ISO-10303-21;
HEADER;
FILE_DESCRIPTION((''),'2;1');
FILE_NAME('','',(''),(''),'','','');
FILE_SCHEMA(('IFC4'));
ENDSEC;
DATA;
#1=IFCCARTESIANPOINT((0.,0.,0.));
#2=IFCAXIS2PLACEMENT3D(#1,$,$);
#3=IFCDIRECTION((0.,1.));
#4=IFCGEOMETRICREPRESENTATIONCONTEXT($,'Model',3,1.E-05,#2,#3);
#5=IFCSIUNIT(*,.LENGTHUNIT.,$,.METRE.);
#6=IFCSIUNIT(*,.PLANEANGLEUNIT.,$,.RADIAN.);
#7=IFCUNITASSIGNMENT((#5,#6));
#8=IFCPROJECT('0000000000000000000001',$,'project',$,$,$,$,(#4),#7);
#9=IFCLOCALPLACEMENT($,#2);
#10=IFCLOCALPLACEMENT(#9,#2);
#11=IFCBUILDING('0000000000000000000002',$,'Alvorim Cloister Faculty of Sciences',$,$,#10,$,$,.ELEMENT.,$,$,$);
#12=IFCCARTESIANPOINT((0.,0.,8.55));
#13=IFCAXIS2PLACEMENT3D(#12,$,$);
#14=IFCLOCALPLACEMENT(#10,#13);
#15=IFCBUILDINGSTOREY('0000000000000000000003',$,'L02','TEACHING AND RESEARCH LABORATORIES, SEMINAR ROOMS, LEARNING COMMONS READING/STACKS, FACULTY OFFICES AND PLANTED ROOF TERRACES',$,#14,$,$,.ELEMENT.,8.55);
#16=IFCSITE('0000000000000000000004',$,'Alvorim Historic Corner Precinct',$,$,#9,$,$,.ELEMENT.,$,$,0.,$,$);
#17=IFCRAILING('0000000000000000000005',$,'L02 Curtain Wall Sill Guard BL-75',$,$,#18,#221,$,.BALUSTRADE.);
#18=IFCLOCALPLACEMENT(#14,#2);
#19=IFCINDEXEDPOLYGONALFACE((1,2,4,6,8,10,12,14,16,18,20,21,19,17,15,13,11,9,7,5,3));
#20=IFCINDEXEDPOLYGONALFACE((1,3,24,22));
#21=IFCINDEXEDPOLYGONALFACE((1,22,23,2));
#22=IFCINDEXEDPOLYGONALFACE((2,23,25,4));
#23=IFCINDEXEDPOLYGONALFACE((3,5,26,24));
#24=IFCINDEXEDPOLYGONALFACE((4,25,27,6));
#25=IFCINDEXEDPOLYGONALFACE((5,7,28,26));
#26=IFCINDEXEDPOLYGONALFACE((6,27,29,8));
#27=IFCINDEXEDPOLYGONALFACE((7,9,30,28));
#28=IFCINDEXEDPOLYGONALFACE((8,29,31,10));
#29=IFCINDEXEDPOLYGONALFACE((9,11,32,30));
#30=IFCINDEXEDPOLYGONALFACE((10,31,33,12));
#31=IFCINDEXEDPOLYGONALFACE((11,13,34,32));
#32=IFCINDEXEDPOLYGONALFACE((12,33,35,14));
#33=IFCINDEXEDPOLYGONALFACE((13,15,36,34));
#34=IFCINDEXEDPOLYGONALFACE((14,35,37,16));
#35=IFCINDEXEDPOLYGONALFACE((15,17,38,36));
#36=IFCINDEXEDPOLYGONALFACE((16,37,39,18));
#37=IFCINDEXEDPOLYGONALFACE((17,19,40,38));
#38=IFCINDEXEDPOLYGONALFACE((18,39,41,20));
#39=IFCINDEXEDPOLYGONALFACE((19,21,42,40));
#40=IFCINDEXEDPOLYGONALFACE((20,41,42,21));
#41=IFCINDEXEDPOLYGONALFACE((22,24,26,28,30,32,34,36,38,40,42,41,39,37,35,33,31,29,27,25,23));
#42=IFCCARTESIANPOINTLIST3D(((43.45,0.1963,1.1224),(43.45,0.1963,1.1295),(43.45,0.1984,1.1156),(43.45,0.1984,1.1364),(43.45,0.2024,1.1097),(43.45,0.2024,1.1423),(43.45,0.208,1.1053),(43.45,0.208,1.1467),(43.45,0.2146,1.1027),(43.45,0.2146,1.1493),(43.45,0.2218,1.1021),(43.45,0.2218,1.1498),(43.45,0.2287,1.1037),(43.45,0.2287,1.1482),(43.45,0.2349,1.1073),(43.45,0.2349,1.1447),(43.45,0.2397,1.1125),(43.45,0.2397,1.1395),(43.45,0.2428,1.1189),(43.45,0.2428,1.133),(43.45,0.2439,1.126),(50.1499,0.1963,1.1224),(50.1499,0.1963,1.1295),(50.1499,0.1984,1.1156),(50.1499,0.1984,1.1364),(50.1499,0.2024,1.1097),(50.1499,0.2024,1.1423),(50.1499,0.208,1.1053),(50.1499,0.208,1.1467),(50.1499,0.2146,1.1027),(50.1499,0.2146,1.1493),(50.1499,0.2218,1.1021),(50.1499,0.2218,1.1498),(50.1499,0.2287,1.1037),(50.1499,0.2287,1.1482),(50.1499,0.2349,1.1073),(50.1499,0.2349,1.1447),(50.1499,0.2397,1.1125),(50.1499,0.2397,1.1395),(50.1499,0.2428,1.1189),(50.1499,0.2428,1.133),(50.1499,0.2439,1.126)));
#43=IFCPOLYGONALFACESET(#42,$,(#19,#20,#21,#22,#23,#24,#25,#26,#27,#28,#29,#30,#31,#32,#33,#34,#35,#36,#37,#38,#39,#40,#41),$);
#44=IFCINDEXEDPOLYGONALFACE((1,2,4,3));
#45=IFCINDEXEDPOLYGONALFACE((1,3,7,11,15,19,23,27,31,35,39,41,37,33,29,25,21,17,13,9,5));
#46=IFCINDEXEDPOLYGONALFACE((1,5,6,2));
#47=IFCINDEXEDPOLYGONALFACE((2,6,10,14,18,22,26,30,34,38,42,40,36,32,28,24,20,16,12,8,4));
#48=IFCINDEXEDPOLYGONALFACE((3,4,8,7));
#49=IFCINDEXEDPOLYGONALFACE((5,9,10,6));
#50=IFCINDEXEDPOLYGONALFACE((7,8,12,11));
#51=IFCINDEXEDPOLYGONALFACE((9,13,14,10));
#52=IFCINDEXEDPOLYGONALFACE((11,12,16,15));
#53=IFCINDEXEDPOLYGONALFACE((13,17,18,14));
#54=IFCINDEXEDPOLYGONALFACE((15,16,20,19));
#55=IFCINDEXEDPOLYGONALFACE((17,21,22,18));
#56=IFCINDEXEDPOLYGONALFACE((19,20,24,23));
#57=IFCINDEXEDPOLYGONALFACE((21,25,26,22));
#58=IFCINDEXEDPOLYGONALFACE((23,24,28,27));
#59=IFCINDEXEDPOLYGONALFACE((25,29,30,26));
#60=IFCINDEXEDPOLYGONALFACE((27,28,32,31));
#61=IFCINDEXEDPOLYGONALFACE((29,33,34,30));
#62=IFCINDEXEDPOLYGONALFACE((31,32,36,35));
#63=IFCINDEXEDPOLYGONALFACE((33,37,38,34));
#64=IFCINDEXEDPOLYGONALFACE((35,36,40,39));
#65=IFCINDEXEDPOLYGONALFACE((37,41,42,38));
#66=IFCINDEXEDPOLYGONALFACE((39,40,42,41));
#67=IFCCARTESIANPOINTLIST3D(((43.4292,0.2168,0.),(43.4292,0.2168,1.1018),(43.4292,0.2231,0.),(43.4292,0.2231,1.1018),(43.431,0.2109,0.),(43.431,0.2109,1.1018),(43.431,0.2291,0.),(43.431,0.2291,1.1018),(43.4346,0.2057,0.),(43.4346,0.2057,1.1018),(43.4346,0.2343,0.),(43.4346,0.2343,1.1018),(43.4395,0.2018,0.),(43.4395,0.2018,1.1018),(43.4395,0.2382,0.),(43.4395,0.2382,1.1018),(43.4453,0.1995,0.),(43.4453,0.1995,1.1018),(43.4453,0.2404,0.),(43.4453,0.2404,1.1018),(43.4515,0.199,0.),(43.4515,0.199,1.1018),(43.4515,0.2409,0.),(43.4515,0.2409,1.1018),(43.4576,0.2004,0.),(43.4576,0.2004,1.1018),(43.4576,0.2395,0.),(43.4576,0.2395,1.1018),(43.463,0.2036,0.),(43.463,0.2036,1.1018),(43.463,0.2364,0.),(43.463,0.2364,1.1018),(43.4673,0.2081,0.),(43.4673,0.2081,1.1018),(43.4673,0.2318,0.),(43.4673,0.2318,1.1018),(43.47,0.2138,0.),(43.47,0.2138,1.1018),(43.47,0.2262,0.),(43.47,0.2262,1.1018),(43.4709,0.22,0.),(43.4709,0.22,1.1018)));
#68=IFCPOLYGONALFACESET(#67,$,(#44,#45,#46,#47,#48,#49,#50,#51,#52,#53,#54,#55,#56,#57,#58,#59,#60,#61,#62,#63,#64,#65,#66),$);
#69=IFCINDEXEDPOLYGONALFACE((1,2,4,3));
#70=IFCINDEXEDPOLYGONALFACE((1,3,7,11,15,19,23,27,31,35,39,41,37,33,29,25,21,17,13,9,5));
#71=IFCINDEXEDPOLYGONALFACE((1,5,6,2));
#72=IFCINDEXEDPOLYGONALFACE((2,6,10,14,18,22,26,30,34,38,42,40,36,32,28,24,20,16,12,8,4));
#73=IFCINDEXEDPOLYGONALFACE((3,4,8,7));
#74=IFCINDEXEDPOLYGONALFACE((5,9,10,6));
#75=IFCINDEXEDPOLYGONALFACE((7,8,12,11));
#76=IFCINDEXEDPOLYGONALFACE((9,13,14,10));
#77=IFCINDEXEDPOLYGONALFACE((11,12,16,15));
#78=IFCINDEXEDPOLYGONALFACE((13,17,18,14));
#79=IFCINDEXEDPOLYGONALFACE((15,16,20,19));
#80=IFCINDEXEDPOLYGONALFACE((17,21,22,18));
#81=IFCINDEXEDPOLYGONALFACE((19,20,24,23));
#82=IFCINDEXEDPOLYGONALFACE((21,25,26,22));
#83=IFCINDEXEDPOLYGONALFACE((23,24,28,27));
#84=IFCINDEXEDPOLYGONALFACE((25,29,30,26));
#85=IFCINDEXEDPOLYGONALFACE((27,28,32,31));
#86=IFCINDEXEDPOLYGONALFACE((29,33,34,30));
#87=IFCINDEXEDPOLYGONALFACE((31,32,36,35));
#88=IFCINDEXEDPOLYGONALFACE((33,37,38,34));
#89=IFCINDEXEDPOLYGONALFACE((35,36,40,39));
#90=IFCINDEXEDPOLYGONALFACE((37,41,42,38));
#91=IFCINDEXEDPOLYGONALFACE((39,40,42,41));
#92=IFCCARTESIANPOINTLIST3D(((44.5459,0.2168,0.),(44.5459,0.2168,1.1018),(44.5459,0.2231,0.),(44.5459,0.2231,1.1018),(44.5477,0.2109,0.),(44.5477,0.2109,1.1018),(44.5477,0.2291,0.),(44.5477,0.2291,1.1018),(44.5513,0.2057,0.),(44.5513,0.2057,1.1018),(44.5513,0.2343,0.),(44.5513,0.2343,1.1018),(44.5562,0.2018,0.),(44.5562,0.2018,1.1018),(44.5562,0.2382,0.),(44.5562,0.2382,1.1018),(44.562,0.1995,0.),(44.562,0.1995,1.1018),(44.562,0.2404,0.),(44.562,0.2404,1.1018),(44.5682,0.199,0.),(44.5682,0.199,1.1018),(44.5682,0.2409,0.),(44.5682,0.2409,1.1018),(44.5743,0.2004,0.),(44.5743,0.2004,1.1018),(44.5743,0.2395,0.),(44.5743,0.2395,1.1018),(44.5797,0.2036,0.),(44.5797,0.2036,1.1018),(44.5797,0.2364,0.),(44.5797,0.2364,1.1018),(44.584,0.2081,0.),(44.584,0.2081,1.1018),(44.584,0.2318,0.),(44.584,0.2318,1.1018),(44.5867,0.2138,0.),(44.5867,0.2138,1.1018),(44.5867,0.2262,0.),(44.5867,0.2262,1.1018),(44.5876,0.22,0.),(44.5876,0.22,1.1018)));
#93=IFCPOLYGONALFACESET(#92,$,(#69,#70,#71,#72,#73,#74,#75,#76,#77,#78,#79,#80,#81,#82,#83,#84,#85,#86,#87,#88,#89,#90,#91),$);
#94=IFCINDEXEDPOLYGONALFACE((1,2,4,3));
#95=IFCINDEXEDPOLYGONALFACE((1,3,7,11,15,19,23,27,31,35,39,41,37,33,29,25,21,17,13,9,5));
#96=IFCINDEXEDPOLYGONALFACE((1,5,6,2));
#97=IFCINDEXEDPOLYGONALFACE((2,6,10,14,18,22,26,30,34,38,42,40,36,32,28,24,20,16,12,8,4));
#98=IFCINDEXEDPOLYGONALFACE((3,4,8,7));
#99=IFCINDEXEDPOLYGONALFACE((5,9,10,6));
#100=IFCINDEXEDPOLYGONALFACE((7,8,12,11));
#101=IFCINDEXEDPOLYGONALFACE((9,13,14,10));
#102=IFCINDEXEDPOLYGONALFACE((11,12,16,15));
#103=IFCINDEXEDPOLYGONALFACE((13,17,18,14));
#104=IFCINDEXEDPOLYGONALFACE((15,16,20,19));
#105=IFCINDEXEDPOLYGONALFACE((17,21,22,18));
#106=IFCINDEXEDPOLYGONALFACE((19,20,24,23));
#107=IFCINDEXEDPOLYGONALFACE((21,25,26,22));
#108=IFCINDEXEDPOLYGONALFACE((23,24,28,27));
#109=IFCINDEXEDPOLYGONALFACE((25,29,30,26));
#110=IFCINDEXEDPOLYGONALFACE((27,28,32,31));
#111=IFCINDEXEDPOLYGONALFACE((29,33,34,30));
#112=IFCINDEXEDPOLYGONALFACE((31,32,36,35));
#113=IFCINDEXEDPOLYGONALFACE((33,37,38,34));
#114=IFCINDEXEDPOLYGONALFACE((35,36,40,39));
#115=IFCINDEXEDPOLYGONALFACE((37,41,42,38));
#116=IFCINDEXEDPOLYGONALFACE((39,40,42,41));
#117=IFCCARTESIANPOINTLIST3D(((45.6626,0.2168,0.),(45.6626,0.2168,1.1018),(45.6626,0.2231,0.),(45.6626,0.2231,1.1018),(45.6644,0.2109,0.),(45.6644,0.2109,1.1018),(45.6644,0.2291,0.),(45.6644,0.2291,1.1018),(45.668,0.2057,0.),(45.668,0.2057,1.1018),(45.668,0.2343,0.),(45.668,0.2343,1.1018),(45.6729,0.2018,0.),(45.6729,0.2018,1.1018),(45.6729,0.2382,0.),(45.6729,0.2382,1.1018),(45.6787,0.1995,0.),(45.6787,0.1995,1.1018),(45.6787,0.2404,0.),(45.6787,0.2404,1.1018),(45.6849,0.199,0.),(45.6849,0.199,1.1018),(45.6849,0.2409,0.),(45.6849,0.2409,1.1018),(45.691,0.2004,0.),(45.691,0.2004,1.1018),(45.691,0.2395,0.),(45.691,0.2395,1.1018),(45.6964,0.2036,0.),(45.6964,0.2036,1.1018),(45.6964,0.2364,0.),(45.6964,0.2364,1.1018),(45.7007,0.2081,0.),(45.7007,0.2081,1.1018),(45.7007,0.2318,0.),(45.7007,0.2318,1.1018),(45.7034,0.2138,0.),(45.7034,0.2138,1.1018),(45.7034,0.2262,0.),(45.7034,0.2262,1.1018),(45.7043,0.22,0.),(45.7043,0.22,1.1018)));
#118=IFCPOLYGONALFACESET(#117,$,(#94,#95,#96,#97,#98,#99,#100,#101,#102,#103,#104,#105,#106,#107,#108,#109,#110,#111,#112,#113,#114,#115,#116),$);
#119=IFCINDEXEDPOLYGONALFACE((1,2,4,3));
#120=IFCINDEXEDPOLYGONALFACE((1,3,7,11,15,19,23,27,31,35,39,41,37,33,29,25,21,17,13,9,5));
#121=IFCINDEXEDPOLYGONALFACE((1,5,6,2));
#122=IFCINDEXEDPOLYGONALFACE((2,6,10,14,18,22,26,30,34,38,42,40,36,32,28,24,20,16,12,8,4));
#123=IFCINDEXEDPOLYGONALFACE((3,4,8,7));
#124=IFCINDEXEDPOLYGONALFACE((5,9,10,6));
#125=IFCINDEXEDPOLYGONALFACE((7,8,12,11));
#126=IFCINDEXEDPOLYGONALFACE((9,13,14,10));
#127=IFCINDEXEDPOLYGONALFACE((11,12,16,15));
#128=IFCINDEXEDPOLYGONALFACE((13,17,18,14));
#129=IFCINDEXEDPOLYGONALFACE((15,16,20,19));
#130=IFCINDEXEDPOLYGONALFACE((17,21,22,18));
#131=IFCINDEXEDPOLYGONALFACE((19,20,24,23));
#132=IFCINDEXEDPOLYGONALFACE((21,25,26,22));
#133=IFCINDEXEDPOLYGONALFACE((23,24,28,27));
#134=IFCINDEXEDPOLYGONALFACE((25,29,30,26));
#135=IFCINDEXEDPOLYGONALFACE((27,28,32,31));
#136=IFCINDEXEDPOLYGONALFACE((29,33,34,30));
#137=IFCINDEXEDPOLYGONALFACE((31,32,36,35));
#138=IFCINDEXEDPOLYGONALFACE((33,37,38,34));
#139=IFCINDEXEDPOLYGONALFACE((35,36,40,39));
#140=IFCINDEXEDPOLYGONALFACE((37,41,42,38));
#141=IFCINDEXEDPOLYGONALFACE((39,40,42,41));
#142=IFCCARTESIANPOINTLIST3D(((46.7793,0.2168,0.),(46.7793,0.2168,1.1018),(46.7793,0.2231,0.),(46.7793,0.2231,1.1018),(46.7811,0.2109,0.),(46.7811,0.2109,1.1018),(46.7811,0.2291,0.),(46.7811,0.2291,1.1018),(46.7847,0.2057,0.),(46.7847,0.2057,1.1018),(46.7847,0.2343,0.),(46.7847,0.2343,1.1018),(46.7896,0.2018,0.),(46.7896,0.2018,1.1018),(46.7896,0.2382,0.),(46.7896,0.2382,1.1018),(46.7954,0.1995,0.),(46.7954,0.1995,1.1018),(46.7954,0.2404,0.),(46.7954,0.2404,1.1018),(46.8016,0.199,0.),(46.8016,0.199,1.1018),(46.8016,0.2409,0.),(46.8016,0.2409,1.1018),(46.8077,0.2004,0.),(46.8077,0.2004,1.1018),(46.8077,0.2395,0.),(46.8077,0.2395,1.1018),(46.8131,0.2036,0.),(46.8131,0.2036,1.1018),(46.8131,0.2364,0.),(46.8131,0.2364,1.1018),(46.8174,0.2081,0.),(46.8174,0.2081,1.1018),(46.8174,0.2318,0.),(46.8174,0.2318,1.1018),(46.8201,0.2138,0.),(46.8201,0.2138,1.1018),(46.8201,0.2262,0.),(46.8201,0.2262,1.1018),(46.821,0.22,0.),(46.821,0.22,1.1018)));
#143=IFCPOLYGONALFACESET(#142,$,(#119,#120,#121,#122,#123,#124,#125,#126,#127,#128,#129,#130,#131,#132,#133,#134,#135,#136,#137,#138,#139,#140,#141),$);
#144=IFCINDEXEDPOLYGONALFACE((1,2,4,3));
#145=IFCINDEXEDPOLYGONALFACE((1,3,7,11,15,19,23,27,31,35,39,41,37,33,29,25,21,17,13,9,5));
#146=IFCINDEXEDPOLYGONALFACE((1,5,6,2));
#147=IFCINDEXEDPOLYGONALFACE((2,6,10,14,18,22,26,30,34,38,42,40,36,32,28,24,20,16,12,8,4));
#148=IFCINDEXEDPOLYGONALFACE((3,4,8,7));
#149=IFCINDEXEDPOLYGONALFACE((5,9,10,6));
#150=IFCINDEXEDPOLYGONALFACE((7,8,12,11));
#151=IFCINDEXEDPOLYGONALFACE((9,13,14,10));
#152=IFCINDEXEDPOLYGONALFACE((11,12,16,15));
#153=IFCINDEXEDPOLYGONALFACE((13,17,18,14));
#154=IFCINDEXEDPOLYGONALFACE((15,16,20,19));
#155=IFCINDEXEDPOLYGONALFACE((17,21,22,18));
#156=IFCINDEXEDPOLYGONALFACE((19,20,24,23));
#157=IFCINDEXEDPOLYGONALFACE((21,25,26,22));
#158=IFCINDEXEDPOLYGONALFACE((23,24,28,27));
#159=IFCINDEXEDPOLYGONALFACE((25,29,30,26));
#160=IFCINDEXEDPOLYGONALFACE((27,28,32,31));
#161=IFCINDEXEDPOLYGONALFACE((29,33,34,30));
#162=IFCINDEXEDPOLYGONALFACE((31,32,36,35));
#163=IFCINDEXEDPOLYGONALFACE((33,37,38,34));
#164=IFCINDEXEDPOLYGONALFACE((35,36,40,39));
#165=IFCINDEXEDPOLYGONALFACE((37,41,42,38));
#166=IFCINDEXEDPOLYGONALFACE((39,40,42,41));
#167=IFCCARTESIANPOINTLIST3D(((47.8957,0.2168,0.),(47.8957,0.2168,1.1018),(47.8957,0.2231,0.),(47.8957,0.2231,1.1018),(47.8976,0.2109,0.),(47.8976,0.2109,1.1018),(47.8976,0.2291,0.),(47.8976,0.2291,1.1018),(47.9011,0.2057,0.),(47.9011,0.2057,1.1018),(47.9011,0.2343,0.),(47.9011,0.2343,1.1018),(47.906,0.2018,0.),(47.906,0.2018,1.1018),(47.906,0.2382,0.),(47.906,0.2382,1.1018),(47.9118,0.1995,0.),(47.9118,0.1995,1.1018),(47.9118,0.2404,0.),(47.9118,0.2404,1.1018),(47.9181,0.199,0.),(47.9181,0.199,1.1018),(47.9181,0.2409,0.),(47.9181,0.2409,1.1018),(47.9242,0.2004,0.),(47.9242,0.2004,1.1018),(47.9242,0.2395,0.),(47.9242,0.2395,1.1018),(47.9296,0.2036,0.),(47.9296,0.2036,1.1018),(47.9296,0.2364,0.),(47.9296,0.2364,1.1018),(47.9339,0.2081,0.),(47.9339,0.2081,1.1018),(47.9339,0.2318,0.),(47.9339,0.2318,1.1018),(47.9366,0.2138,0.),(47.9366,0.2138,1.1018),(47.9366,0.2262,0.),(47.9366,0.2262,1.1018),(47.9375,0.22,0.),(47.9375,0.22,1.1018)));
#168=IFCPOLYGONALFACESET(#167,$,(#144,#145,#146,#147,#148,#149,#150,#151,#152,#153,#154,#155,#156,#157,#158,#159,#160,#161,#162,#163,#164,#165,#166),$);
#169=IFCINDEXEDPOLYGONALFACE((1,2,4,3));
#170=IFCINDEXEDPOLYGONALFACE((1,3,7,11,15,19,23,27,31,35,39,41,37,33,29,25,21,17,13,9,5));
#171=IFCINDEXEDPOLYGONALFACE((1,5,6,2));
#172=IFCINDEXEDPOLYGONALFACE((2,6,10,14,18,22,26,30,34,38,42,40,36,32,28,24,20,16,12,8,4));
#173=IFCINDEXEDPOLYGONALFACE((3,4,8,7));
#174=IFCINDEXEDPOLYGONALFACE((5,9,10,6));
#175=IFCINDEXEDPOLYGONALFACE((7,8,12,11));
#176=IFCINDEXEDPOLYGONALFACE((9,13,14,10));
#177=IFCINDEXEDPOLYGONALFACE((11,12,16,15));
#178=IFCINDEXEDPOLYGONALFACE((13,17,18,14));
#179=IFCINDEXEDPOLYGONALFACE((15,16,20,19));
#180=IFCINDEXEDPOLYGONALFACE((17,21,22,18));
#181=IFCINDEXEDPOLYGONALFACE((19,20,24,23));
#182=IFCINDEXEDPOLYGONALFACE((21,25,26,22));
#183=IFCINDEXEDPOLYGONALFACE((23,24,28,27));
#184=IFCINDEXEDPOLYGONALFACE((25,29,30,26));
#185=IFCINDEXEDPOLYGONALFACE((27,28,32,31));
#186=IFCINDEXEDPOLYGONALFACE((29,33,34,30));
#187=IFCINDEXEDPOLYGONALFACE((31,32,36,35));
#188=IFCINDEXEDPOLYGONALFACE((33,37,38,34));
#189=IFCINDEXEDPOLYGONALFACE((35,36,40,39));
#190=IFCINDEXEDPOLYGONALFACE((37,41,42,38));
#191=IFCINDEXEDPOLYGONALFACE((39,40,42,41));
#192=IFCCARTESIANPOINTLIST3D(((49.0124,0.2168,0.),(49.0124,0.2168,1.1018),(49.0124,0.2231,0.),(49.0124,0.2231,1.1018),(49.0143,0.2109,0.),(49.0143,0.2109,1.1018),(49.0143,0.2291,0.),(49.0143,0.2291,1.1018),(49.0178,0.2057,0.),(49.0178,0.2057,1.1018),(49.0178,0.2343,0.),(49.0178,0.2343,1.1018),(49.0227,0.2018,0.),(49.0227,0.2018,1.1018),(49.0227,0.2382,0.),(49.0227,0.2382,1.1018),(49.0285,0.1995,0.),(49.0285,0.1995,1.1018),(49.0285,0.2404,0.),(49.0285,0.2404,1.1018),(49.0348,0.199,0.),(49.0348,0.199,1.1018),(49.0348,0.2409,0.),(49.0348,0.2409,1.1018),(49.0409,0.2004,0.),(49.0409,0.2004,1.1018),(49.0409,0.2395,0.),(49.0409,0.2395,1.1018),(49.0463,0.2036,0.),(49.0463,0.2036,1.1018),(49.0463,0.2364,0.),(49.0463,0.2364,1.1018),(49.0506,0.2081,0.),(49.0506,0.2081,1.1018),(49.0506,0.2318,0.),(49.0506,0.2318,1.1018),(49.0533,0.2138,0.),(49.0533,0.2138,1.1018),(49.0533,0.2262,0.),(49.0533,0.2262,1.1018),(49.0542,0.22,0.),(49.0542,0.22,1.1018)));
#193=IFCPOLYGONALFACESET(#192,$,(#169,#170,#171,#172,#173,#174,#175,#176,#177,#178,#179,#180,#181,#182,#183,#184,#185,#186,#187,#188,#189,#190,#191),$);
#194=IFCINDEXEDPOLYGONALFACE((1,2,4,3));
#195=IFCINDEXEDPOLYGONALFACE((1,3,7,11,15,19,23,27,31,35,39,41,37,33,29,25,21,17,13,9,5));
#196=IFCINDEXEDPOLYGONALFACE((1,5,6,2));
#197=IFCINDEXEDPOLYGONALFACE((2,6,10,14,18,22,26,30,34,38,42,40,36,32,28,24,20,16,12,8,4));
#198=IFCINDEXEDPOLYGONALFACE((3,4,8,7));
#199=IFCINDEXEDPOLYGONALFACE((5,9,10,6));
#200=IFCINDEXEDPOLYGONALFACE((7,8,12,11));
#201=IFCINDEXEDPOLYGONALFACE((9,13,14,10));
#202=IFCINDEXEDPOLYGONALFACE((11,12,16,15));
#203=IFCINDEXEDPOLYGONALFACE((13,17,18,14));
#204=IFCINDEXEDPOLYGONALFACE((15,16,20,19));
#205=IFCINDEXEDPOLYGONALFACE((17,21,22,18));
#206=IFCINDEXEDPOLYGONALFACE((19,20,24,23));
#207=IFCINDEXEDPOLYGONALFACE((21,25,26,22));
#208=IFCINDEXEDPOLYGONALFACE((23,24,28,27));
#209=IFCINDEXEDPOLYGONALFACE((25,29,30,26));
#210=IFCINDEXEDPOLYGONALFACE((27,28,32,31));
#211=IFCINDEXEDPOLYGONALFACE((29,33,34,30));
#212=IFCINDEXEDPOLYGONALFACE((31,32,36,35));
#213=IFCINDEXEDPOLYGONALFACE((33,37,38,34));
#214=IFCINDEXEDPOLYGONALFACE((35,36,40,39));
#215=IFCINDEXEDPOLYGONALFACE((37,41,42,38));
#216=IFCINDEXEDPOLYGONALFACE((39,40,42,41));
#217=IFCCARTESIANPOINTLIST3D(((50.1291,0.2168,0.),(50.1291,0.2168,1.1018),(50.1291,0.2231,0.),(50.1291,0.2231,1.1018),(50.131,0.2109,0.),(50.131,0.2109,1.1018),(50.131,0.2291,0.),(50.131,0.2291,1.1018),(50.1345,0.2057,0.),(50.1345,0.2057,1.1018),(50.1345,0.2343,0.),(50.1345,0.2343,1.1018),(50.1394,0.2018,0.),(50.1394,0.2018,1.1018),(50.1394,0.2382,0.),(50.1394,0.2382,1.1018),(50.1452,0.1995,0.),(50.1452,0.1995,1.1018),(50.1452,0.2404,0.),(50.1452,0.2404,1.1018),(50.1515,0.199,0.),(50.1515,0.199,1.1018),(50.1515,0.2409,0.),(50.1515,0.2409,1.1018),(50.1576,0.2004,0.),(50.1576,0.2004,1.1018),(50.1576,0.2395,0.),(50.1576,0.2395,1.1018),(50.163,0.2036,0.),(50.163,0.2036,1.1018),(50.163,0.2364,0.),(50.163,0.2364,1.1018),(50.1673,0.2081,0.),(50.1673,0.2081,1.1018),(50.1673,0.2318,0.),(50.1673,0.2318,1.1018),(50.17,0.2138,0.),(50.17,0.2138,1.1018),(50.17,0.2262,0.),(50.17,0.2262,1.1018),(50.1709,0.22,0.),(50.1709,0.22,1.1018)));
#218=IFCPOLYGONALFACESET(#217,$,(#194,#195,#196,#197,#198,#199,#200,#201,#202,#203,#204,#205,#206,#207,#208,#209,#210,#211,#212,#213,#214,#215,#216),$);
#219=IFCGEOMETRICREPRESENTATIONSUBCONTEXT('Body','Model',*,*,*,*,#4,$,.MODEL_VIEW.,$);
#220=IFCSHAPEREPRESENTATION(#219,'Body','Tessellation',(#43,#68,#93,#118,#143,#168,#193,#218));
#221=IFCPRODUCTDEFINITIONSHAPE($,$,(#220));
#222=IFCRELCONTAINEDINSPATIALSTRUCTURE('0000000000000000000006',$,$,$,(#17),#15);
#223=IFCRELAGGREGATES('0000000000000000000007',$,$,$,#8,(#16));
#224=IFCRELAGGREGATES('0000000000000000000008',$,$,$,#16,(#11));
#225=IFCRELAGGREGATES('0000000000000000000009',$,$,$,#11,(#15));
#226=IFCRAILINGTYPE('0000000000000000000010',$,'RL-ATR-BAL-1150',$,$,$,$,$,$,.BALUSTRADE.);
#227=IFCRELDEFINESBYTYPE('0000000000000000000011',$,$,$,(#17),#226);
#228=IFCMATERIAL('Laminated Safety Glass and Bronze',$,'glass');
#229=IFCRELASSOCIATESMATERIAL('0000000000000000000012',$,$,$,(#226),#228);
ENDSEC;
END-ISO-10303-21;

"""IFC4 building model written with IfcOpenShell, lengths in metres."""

from ifc_helpers import new_model, si_unit, direction, frame, origin, origin_2d, place, context, subcontext, project, spatial, circle, extrude, material, type_object, element, save


model = new_model("IFC4")

# Units and contexts
model_context = context("Model", 3, precision=1e-05, world=origin(), true_north=direction((0.0, 1.0)))
body_context = subcontext(model_context, "Body", "Model", "MODEL_VIEW")
ifc_project = project(units=[si_unit("LENGTHUNIT", "METRE"), si_unit("PLANEANGLEUNIT", "RADIAN")], contexts=[model_context])

# Site, building, storey
site_placement = place(None, origin())
site = spatial("IfcSite", under=ifc_project, at=site_placement, Name="Alvorim Historic Corner Precinct", CompositionType="ELEMENT", RefElevation=0.0)
building_placement = place(site_placement, origin())
building = spatial("IfcBuilding", under=site, at=building_placement, Name="Alvorim Cloister Faculty of Sciences", CompositionType="ELEMENT")
storey_placement = place(building_placement, frame((0.0, 0.0, 8.55)))
storey = spatial("IfcBuildingStorey", under=building, at=storey_placement, Name="L02", Description="TEACHING AND RESEARCH LABORATORIES, SEMINAR ROOMS, LEARNING COMMONS READING/STACKS, FACULTY OFFICES AND PLANTED ROOF TERRACES", CompositionType="ELEMENT", Elevation=8.55)

# Railing
ifc_material_1 = material(Name="Laminated Safety Glass and Bronze", Category="glass")
railing_type = type_object("IfcRailingType", Name="RL-ATR-BAL-1150", PredefinedType="BALUSTRADE", material=ifc_material_1)
railing_placement = place(storey_placement, frame((43.45, 0.22, 0.0)))
element("IfcRailing", 1, at=railing_placement, inside=storey, type_object=railing_type, Name="L02 Curtain Wall Sill Guard BL-75", PredefinedType="BALUSTRADE", context=body_context, shape_type="SweptSolid", body=[
    extrude(circle(Radius=0.0239, at=origin_2d()), frame((0.0, 0.0, 1.126), z_axis=(1.0, 0.0, 0.0), x_axis=(0.0, 1.0, 0.0)), (0.0, 0.0, 1.0), 6.7),
    extrude(circle(Radius=0.021, at=origin_2d()), origin(), (0.0, 0.0, 1.0), 1.1018),
    extrude(circle(Radius=0.021, at=origin_2d()), frame((1.1167, 0.0, 0.0)), (0.0, 0.0, 1.0), 1.1018),
    extrude(circle(Radius=0.021, at=origin_2d()), frame((2.2334, 0.0, 0.0)), (0.0, 0.0, 1.0), 1.1018),
    extrude(circle(Radius=0.021, at=origin_2d()), frame((3.3501, 0.0, 0.0)), (0.0, 0.0, 1.0), 1.1018),
    extrude(circle(Radius=0.021, at=origin_2d()), frame((4.4666, 0.0, 0.0)), (0.0, 0.0, 1.0), 1.1018),
    extrude(circle(Radius=0.021, at=origin_2d()), frame((5.5833, 0.0, 0.0)), (0.0, 0.0, 1.0), 1.1018),
    extrude(circle(Radius=0.021, at=origin_2d()), frame((6.7, 0.0, 0.0)), (0.0, 0.0, 1.0), 1.1018),
])

save(model, "model.ifc")
